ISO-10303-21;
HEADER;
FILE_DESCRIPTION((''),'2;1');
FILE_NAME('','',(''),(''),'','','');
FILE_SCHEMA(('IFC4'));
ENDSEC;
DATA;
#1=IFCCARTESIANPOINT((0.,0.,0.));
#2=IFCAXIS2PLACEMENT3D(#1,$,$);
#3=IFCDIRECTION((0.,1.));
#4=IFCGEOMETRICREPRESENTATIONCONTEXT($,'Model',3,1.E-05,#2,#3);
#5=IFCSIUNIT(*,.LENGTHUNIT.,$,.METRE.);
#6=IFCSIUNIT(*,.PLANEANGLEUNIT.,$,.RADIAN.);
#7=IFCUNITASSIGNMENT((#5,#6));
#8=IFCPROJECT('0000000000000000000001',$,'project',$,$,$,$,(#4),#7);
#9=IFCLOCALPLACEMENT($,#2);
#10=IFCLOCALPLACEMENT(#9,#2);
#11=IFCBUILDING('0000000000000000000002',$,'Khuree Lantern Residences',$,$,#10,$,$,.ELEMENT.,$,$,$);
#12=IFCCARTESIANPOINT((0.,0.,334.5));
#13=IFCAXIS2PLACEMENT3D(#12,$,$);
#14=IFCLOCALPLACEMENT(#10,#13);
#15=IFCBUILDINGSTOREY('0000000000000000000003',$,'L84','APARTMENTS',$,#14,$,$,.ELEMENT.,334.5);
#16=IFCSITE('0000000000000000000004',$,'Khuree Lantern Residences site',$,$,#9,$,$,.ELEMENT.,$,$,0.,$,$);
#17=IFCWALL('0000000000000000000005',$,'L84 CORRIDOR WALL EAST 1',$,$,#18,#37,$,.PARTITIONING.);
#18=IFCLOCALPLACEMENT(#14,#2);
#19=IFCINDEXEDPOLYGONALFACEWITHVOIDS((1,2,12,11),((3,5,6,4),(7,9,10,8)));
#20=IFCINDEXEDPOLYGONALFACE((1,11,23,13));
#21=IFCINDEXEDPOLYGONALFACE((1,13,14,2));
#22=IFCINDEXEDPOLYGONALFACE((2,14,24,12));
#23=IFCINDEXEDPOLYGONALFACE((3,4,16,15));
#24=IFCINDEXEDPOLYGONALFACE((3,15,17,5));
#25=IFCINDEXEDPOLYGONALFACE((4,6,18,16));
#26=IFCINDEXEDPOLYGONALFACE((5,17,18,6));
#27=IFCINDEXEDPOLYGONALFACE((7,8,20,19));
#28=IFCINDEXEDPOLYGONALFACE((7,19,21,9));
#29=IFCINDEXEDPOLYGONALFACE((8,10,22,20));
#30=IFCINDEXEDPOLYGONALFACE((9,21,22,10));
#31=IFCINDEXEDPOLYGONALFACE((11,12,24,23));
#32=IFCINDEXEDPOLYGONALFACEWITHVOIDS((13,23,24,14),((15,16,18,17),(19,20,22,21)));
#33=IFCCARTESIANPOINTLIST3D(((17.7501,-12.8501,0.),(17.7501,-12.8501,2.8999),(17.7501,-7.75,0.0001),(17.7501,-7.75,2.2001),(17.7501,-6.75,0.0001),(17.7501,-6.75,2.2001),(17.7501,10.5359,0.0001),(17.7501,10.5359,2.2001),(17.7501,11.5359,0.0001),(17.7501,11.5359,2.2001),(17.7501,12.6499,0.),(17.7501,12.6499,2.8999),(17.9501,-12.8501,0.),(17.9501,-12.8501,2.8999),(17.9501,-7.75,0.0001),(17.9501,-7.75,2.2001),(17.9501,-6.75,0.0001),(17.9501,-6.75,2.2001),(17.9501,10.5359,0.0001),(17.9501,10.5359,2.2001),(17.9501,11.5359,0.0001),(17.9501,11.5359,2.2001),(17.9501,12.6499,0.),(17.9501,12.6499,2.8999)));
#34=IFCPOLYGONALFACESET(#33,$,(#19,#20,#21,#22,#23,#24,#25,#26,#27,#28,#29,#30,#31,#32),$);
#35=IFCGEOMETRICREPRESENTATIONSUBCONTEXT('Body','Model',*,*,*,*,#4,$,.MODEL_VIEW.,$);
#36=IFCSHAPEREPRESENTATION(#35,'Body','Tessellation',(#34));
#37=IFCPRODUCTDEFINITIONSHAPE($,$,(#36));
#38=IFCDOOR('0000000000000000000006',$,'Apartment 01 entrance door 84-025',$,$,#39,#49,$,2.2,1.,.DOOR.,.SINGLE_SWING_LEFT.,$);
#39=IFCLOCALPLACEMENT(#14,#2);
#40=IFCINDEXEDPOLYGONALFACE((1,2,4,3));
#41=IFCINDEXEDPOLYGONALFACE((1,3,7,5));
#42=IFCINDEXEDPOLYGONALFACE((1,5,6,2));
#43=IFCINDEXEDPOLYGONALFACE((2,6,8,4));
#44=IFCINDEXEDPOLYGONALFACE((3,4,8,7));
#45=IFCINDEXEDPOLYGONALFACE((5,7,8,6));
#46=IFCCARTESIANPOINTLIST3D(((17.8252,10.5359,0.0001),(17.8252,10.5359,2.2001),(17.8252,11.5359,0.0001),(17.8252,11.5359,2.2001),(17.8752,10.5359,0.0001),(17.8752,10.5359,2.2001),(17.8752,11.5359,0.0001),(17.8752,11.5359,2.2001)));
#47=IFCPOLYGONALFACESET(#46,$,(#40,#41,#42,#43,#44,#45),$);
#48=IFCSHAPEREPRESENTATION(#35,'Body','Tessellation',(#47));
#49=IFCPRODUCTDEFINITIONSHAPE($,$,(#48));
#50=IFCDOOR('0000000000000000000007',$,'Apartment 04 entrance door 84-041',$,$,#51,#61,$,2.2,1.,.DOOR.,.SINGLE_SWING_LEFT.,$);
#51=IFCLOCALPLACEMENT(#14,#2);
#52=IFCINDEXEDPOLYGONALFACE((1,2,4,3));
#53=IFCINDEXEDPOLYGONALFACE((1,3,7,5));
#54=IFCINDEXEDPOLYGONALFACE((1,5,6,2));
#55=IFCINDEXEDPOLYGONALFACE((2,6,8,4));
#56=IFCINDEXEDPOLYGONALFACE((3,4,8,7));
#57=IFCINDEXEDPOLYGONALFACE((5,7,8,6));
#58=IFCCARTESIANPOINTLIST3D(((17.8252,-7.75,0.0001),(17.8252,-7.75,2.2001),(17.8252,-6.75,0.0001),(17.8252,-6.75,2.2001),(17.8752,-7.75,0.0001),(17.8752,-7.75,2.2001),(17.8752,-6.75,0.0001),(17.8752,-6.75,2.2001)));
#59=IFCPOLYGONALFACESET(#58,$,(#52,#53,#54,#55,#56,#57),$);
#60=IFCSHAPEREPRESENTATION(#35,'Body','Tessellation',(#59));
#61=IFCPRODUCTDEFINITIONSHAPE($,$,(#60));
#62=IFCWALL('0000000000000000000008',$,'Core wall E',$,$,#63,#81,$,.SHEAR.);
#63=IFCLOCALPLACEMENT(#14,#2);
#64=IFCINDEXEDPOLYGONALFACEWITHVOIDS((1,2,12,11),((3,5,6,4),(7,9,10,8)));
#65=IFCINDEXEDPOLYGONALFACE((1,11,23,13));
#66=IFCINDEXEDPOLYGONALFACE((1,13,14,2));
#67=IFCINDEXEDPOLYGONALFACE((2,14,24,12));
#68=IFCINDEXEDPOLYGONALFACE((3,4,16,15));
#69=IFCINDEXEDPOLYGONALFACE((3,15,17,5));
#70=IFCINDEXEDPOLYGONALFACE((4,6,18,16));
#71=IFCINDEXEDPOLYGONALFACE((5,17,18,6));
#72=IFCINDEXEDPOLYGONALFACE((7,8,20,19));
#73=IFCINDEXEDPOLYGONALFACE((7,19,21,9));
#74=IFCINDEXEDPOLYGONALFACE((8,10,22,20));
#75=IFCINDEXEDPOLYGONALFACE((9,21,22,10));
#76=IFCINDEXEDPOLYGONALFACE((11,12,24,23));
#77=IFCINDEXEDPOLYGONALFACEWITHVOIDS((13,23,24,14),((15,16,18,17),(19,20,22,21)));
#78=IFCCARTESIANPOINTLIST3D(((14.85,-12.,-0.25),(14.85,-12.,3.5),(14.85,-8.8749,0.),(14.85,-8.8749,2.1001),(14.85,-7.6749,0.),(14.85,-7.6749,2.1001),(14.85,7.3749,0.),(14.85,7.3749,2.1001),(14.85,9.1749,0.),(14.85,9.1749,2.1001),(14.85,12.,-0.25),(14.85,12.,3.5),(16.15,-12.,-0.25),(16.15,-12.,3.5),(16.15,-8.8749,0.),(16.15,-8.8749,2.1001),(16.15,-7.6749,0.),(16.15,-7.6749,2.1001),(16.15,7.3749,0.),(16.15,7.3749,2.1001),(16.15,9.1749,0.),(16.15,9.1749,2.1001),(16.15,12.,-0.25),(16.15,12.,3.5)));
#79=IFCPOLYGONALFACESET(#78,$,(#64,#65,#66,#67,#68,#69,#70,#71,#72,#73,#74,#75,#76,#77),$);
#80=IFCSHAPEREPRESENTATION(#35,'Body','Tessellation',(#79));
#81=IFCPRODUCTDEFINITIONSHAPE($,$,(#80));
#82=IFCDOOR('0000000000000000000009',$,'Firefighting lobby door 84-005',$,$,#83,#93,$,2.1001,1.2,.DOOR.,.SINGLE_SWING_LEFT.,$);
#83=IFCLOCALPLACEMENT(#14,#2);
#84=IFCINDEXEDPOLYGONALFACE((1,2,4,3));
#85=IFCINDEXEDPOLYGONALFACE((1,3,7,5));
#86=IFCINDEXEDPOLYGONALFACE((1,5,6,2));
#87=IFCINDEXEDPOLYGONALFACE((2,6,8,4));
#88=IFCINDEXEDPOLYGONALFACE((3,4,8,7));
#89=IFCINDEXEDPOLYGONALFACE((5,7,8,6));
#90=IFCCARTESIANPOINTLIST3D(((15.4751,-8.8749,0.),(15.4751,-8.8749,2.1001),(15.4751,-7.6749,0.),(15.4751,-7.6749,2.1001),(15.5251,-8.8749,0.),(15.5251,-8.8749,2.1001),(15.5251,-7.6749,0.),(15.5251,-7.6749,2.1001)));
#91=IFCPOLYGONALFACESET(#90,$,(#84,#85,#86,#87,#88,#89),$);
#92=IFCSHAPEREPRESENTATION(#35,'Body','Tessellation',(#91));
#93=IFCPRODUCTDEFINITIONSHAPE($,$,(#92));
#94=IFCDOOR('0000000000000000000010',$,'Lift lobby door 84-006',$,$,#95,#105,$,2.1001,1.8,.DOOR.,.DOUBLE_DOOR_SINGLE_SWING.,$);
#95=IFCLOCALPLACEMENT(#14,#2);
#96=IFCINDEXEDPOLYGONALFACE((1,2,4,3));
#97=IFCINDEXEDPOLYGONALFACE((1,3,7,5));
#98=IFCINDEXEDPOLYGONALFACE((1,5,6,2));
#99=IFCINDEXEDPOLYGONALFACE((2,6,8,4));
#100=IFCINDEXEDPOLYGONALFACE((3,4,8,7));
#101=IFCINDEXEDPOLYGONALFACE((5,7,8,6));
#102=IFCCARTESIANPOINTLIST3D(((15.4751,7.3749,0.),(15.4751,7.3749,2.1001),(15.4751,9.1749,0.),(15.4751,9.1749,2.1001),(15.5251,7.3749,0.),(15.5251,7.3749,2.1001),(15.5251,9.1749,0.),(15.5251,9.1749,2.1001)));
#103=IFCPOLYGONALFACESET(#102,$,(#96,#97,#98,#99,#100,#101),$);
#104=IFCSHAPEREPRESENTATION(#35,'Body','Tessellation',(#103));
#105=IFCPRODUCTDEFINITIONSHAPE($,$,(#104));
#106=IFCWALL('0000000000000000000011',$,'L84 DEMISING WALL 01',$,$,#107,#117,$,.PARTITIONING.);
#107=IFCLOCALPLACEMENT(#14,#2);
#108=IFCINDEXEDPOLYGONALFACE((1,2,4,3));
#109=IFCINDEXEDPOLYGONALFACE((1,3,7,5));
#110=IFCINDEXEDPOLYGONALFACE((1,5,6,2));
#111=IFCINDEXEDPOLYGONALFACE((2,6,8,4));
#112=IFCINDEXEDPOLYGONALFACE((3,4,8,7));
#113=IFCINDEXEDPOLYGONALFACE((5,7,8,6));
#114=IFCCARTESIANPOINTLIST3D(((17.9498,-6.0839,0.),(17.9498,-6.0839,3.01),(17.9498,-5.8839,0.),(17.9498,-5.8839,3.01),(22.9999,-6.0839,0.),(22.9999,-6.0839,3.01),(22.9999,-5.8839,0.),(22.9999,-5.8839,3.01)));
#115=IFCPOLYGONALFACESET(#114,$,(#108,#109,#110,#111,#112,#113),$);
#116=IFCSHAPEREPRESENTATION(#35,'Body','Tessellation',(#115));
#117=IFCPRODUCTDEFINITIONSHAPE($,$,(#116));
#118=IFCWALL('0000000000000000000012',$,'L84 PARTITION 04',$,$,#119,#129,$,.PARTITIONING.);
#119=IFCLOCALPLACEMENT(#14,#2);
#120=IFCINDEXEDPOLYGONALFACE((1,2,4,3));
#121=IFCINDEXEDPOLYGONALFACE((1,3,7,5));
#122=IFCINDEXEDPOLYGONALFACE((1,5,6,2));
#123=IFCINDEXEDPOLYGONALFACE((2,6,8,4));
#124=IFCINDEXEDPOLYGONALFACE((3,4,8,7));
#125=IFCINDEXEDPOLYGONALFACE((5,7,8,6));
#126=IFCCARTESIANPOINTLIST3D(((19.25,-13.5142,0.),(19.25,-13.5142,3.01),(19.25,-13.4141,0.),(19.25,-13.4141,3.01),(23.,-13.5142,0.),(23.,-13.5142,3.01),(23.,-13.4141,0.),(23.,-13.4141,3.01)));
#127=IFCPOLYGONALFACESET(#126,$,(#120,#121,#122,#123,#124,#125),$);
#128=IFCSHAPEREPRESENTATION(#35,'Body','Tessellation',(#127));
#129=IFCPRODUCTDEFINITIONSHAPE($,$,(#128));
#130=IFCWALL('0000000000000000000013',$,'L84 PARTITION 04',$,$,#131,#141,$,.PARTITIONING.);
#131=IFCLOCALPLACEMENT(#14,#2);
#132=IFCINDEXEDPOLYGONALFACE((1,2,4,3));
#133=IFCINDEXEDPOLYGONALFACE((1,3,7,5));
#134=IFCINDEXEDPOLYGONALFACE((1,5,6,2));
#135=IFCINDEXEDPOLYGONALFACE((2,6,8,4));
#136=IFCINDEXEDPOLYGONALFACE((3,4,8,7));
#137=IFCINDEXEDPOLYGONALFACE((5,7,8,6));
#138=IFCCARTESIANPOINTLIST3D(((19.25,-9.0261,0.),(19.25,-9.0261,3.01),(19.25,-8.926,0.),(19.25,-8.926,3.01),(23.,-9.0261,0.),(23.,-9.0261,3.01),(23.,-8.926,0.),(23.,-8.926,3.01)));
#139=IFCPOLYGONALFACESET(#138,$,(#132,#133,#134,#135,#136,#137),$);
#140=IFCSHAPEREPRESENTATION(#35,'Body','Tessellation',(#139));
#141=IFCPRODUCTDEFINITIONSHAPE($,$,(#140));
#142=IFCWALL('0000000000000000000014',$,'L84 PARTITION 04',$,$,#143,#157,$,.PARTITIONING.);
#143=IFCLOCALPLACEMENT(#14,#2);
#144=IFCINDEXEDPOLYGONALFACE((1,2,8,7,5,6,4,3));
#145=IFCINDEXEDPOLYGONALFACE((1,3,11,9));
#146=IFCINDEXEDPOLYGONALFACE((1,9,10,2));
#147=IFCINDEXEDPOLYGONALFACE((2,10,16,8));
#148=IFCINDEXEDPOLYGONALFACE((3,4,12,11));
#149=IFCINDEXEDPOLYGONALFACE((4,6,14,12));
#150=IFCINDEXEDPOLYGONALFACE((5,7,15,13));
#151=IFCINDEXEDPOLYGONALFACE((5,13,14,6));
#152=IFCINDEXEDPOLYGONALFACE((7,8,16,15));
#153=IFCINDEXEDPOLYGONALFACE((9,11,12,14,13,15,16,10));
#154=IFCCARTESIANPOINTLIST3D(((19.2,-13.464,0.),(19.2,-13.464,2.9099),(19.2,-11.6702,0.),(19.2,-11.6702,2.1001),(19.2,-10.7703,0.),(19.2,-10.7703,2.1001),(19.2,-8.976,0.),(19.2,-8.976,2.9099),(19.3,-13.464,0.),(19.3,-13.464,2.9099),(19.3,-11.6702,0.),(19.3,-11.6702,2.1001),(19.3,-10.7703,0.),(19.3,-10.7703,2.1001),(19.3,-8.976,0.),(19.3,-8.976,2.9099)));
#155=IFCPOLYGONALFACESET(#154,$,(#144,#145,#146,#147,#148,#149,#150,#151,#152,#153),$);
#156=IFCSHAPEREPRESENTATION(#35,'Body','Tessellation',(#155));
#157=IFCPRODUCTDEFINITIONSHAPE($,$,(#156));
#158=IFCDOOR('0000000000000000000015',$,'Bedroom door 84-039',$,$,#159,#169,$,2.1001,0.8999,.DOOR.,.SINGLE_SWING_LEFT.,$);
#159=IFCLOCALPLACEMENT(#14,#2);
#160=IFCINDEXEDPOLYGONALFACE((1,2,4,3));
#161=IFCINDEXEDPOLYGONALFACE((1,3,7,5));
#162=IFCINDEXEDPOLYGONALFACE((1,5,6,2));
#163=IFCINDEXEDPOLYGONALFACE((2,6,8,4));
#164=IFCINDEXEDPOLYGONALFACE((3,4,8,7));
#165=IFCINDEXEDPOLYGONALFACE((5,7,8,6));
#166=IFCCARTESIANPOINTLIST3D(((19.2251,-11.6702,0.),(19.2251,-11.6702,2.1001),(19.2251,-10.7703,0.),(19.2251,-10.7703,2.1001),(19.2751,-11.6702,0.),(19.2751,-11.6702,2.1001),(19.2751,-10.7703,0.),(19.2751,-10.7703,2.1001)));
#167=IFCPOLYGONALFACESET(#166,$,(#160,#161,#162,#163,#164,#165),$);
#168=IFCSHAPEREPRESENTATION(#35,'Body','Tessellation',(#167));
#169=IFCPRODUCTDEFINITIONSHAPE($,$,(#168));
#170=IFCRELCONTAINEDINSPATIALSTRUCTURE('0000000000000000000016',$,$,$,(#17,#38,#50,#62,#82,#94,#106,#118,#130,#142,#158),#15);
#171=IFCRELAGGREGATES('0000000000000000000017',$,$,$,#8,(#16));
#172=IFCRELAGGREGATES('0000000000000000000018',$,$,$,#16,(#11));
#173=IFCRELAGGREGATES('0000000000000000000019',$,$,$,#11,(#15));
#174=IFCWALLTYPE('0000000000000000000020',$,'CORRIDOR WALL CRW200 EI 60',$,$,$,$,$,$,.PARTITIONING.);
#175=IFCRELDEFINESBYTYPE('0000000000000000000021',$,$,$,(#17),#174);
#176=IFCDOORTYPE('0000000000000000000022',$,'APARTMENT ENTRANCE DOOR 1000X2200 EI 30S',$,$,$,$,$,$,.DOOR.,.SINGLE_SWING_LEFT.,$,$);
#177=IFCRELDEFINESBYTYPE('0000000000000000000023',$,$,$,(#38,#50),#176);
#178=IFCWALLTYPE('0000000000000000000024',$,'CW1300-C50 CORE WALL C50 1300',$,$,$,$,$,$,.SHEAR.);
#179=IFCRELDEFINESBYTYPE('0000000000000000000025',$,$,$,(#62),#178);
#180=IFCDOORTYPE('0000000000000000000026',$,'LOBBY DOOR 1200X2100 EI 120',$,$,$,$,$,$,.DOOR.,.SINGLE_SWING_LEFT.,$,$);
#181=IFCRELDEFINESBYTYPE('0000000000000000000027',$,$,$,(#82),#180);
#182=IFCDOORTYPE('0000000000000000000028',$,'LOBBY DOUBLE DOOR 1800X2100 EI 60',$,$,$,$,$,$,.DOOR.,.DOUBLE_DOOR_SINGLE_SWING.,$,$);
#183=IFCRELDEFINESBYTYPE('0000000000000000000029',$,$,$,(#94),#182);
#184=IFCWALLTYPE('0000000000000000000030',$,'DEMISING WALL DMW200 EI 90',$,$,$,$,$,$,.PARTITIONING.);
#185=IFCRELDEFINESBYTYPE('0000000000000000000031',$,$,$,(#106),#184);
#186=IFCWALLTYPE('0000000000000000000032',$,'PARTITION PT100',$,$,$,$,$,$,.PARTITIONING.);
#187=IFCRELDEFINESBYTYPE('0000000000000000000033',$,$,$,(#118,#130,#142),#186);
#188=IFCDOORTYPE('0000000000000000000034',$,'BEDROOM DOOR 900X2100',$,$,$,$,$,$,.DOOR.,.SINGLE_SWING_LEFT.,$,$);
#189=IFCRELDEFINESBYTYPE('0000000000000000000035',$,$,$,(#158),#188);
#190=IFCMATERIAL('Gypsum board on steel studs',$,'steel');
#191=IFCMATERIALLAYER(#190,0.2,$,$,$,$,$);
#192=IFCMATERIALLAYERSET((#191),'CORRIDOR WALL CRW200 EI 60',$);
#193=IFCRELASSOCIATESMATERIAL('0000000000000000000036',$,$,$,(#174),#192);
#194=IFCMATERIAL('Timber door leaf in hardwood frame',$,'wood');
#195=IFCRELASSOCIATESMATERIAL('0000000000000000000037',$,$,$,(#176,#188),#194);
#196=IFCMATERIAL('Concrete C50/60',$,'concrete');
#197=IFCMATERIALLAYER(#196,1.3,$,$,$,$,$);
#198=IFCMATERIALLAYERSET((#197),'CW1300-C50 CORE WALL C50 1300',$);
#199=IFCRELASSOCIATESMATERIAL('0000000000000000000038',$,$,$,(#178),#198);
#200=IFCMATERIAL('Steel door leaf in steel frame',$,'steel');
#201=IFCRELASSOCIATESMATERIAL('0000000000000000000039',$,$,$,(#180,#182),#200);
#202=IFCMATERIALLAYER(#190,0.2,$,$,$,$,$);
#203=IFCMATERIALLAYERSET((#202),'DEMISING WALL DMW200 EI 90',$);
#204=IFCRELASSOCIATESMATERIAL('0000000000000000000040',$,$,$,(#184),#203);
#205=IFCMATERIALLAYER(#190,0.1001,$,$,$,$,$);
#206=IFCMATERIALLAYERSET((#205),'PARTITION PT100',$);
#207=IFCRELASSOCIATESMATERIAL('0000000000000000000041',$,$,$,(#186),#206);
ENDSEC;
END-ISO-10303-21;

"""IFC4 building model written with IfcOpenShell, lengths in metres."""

from ifc_helpers import new_model, si_unit, direction, frame, frame_2d, origin, place, context, subcontext, project, spatial, rectangle, extrude, material, layer, layer_set, type_object, element, fill, save


model = new_model("IFC4")

# Units and contexts
model_context = context("Model", 3, precision=1e-05, world=origin(), true_north=direction((0.0, 1.0)))
body_context = subcontext(model_context, "Body", "Model", "MODEL_VIEW")
ifc_project = project(units=[si_unit("LENGTHUNIT", "METRE"), si_unit("PLANEANGLEUNIT", "RADIAN")], contexts=[model_context])

# Site, building, storey
site_placement = place(None, origin())
site = spatial("IfcSite", under=ifc_project, at=site_placement, Name="Khuree Lantern Residences site", CompositionType="ELEMENT", RefElevation=0.0)
building_placement = place(site_placement, origin())
building = spatial("IfcBuilding", under=site, at=building_placement, Name="Khuree Lantern Residences", CompositionType="ELEMENT")
storey_placement = place(building_placement, frame((0.0, 0.0, 334.5)))
storey = spatial("IfcBuildingStorey", under=building, at=storey_placement, Name="L84", Description="APARTMENTS", CompositionType="ELEMENT", Elevation=334.5)

# Shared definitions
ifc_material_1 = material(Name="Concrete C50/60", Category="concrete")

# Shared definitions
ifc_material_2 = material(Name="Gypsum board on steel studs", Category="steel")
ifc_layer_1 = layer(ifc_material_2, 0.2)
ifc_layer_set_1 = layer_set([ifc_layer_1], Name="CORRIDOR WALL CRW200 EI 60")
wall_type_1 = type_object("IfcWallType", Name="CORRIDOR WALL CRW200 EI 60", PredefinedType="PARTITIONING", material=ifc_layer_set_1)

# Walls, openings, doors
wall_1_placement = place(storey_placement, frame((17.8501, -12.8501, 0.0), z_axis=(0.0, 0.0, 1.0), x_axis=(0.0, 1.0, 0.0)))
wall_1 = element("IfcWall", 1, at=wall_1_placement, inside=storey, type_object=wall_type_1, Name="L84 CORRIDOR WALL EAST 1", PredefinedType="PARTITIONING", context=body_context, shape_type="SweptSolid", body=[
    extrude(rectangle(XDim=25.5, YDim=0.2, at=frame_2d((12.75, 0.0))), origin(), (0.0, 0.0, 1.0), 2.8999),
])
opening_1_placement = place(wall_1_placement, frame((23.386, 0.0, 0.0)))
opening_1 = element("IfcOpeningElement", 2, at=opening_1_placement, cuts=wall_1, PredefinedType="OPENING", context=body_context, shape_type="SweptSolid", body=[
    extrude(rectangle(XDim=1.0, YDim=2.2, at=frame_2d((0.5, 1.1001))), frame((0.0, 0.1099, 0.0), z_axis=(0.0, -1.0, 0.0), x_axis=(1.0, 0.0, 0.0)), (0.0, 0.0, 1.0), 0.22),
])
opening_2_placement = place(wall_1_placement, frame((5.1001, 0.0, 0.0)))
opening_2 = element("IfcOpeningElement", 3, at=opening_2_placement, cuts=wall_1, PredefinedType="OPENING", context=body_context, shape_type="SweptSolid", body=[
    extrude(rectangle(XDim=1.0, YDim=2.2, at=frame_2d((0.5, 1.1001))), frame((0.0, 0.1099, 0.0), z_axis=(0.0, -1.0, 0.0), x_axis=(1.0, 0.0, 0.0)), (0.0, 0.0, 1.0), 0.22),
])
ifc_material_3 = material(Name="Timber door leaf in hardwood frame", Category="wood")
door_type_1 = type_object("IfcDoorType", Name="APARTMENT ENTRANCE DOOR 1000X2200 EI 30S", OperationType="SINGLE_SWING_LEFT", PredefinedType="DOOR", material=ifc_material_3)
door_1_placement = place(opening_1_placement, origin())
door_1 = element("IfcDoor", 4, at=door_1_placement, inside=storey, type_object=door_type_1, Name="Apartment 01 entrance door 84-025", OperationType="SINGLE_SWING_LEFT", OverallHeight=2.2, OverallWidth=1.0, PredefinedType="DOOR", context=body_context, shape_type="SweptSolid", body=[
    extrude(rectangle(XDim=1.0, YDim=2.2, at=frame_2d((0.5, 1.1001))), frame((0.0, 0.0249, 0.0), z_axis=(0.0, -1.0, 0.0), x_axis=(1.0, 0.0, 0.0)), (0.0, 0.0, 1.0), 0.05),
])
fill(opening_1, door_1)
door_2_placement = place(opening_2_placement, origin())
door_2 = element("IfcDoor", 5, at=door_2_placement, inside=storey, type_object=door_type_1, Name="Apartment 04 entrance door 84-041", OperationType="SINGLE_SWING_LEFT", OverallHeight=2.2, OverallWidth=1.0, PredefinedType="DOOR", context=body_context, shape_type="SweptSolid", body=[
    extrude(rectangle(XDim=1.0, YDim=2.2, at=frame_2d((0.5, 1.1001))), frame((0.0, 0.0249, 0.0), z_axis=(0.0, -1.0, 0.0), x_axis=(1.0, 0.0, 0.0)), (0.0, 0.0, 1.0), 0.05),
])
fill(opening_2, door_2)
ifc_layer_2 = layer(ifc_material_1, 1.3)
ifc_layer_set_2 = layer_set([ifc_layer_2], Name="CW1300-C50 CORE WALL C50 1300")
wall_type_2 = type_object("IfcWallType", Name="CW1300-C50 CORE WALL C50 1300", PredefinedType="SHEAR", material=ifc_layer_set_2)
wall_2_placement = place(storey_placement, frame((15.5, -12.0, -0.25), z_axis=(0.0, 0.0, 1.0), x_axis=(0.0, 1.0, 0.0)))
wall_2 = element("IfcWall", 6, at=wall_2_placement, inside=storey, type_object=wall_type_2, Name="Core wall E", PredefinedType="SHEAR", context=body_context, shape_type="SweptSolid", body=[
    extrude(rectangle(XDim=24.0, YDim=1.3, at=frame_2d((12.0, 0.0))), origin(), (0.0, 0.0, 1.0), 3.75),
])
opening_3_placement = place(wall_2_placement, frame((3.125, 0.0, 0.25)))
opening_3 = element("IfcOpeningElement", 7, at=opening_3_placement, cuts=wall_2, PredefinedType="OPENING", context=body_context, shape_type="SweptSolid", body=[
    extrude(rectangle(XDim=1.2, YDim=2.1001, at=frame_2d((0.6001, 1.05))), frame((0.0, 0.6602, 0.0), z_axis=(0.0, -1.0, 0.0), x_axis=(1.0, 0.0, 0.0)), (0.0, 0.0, 1.0), 1.3201),
])
opening_4_placement = place(wall_2_placement, frame((19.375, 0.0, 0.25)))
opening_4 = element("IfcOpeningElement", 8, at=opening_4_placement, cuts=wall_2, PredefinedType="OPENING", context=body_context, shape_type="SweptSolid", body=[
    extrude(rectangle(XDim=1.8, YDim=2.1001, at=frame_2d((0.8999, 1.05))), frame((0.0, 0.6602, 0.0), z_axis=(0.0, -1.0, 0.0), x_axis=(1.0, 0.0, 0.0)), (0.0, 0.0, 1.0), 1.3201),
])
ifc_material_4 = material(Name="Steel door leaf in steel frame", Category="steel")
door_type_2 = type_object("IfcDoorType", Name="LOBBY DOOR 1200X2100 EI 120", OperationType="SINGLE_SWING_LEFT", PredefinedType="DOOR", material=ifc_material_4)
door_3_placement = place(opening_3_placement, origin())
door_3 = element("IfcDoor", 9, at=door_3_placement, inside=storey, type_object=door_type_2, Name="Firefighting lobby door 84-005", OperationType="SINGLE_SWING_LEFT", OverallHeight=2.1001, OverallWidth=1.2, PredefinedType="DOOR", context=body_context, shape_type="SweptSolid", body=[
    extrude(rectangle(XDim=1.2, YDim=2.1001, at=frame_2d((0.6001, 1.05))), frame((0.0, 0.0249, 0.0), z_axis=(0.0, -1.0, 0.0), x_axis=(1.0, 0.0, 0.0)), (0.0, 0.0, 1.0), 0.05),
])
fill(opening_3, door_3)
door_type_3 = type_object("IfcDoorType", Name="LOBBY DOUBLE DOOR 1800X2100 EI 60", OperationType="DOUBLE_DOOR_SINGLE_SWING", PredefinedType="DOOR", material=ifc_material_4)
door_4_placement = place(opening_4_placement, origin())
door_4 = element("IfcDoor", 10, at=door_4_placement, inside=storey, type_object=door_type_3, Name="Lift lobby door 84-006", OperationType="DOUBLE_DOOR_SINGLE_SWING", OverallHeight=2.1001, OverallWidth=1.8, PredefinedType="DOOR", context=body_context, shape_type="SweptSolid", body=[
    extrude(rectangle(XDim=1.8, YDim=2.1001, at=frame_2d((0.8999, 1.05))), frame((0.0, 0.0249, 0.0), z_axis=(0.0, -1.0, 0.0), x_axis=(1.0, 0.0, 0.0)), (0.0, 0.0, 1.0), 0.05),
])
fill(opening_4, door_4)

# Walls
ifc_layer_3 = layer(ifc_material_2, 0.2)
ifc_layer_set_3 = layer_set([ifc_layer_3], Name="DEMISING WALL DMW200 EI 90")
wall_type_3 = type_object("IfcWallType", Name="DEMISING WALL DMW200 EI 90", PredefinedType="PARTITIONING", material=ifc_layer_set_3)
wall_3_placement = place(storey_placement, frame((17.95, -5.9839, 0.0), z_axis=(0.0, 0.0, 1.0), x_axis=(1.0, 0.0, 0.0)))
element("IfcWall", 11, at=wall_3_placement, inside=storey, type_object=wall_type_3, Name="L84 DEMISING WALL 01", PredefinedType="PARTITIONING", context=body_context, shape_type="SweptSolid", body=[
    extrude(rectangle(XDim=5.05, YDim=0.2, at=frame_2d((2.5249, 0.0))), origin(), (0.0, 0.0, 1.0), 3.01),
])
ifc_layer_4 = layer(ifc_material_2, 0.1001)
ifc_layer_set_4 = layer_set([ifc_layer_4], Name="PARTITION PT100")
wall_type_4 = type_object("IfcWallType", Name="PARTITION PT100", PredefinedType="PARTITIONING", material=ifc_layer_set_4)
for number, where, z_axis, x_axis, name in (
    (12, (19.25, -13.4641, 0.0), (0.0, 0.0, 1.0), (1.0, 0.0, 0.0), "L84 PARTITION 04"),
    (13, (19.25, -8.9761, 0.0), (0.0, 0.0, 1.0), (1.0, 0.0, 0.0), "L84 PARTITION 04"),
):
    element("IfcWall", number, at=place(storey_placement, frame(where, z_axis=z_axis, x_axis=x_axis)), inside=storey, type_object=wall_type_4, Name=name, PredefinedType="PARTITIONING", context=body_context, shape_type="SweptSolid", body=[
        extrude(rectangle(XDim=3.75, YDim=0.1001, at=frame_2d((1.875, 0.0))), origin(), (0.0, 0.0, 1.0), 3.01),
    ])

# Wall, opening, door
wall_4_placement = place(storey_placement, frame((19.25, -13.4641, 0.0), z_axis=(0.0, 0.0, 1.0), x_axis=(0.0, 1.0, 0.0)))
wall_4 = element("IfcWall", 14, at=wall_4_placement, inside=storey, type_object=wall_type_4, Name="L84 PARTITION 04", PredefinedType="PARTITIONING", context=body_context, shape_type="SweptSolid", body=[
    extrude(rectangle(XDim=4.488, YDim=0.1001, at=frame_2d((2.2441, 0.0))), origin(), (0.0, 0.0, 1.0), 2.9099),
])
opening_5_placement = place(wall_4_placement, frame((1.7939, 0.0, 0.0)))
opening_5 = element("IfcOpeningElement", 15, at=opening_5_placement, cuts=wall_4, PredefinedType="OPENING", context=body_context, shape_type="SweptSolid", body=[
    extrude(rectangle(XDim=0.8999, YDim=2.1001, at=frame_2d((0.45, 1.05))), frame((0.0, 0.0601, 0.0), z_axis=(0.0, -1.0, 0.0), x_axis=(1.0, 0.0, 0.0)), (0.0, 0.0, 1.0), 0.1201),
])
door_type_4 = type_object("IfcDoorType", Name="BEDROOM DOOR 900X2100", OperationType="SINGLE_SWING_LEFT", PredefinedType="DOOR", material=ifc_material_3)
door_5_placement = place(opening_5_placement, origin())
door_5 = element("IfcDoor", 16, at=door_5_placement, inside=storey, type_object=door_type_4, Name="Bedroom door 84-039", OperationType="SINGLE_SWING_LEFT", OverallHeight=2.1001, OverallWidth=0.8999, PredefinedType="DOOR", context=body_context, shape_type="SweptSolid", body=[
    extrude(rectangle(XDim=0.8999, YDim=2.1001, at=frame_2d((0.45, 1.05))), frame((0.0, 0.0249, 0.0), z_axis=(0.0, -1.0, 0.0), x_axis=(1.0, 0.0, 0.0)), (0.0, 0.0, 1.0), 0.05),
])
fill(opening_5, door_5)

save(model, "model.ifc")
